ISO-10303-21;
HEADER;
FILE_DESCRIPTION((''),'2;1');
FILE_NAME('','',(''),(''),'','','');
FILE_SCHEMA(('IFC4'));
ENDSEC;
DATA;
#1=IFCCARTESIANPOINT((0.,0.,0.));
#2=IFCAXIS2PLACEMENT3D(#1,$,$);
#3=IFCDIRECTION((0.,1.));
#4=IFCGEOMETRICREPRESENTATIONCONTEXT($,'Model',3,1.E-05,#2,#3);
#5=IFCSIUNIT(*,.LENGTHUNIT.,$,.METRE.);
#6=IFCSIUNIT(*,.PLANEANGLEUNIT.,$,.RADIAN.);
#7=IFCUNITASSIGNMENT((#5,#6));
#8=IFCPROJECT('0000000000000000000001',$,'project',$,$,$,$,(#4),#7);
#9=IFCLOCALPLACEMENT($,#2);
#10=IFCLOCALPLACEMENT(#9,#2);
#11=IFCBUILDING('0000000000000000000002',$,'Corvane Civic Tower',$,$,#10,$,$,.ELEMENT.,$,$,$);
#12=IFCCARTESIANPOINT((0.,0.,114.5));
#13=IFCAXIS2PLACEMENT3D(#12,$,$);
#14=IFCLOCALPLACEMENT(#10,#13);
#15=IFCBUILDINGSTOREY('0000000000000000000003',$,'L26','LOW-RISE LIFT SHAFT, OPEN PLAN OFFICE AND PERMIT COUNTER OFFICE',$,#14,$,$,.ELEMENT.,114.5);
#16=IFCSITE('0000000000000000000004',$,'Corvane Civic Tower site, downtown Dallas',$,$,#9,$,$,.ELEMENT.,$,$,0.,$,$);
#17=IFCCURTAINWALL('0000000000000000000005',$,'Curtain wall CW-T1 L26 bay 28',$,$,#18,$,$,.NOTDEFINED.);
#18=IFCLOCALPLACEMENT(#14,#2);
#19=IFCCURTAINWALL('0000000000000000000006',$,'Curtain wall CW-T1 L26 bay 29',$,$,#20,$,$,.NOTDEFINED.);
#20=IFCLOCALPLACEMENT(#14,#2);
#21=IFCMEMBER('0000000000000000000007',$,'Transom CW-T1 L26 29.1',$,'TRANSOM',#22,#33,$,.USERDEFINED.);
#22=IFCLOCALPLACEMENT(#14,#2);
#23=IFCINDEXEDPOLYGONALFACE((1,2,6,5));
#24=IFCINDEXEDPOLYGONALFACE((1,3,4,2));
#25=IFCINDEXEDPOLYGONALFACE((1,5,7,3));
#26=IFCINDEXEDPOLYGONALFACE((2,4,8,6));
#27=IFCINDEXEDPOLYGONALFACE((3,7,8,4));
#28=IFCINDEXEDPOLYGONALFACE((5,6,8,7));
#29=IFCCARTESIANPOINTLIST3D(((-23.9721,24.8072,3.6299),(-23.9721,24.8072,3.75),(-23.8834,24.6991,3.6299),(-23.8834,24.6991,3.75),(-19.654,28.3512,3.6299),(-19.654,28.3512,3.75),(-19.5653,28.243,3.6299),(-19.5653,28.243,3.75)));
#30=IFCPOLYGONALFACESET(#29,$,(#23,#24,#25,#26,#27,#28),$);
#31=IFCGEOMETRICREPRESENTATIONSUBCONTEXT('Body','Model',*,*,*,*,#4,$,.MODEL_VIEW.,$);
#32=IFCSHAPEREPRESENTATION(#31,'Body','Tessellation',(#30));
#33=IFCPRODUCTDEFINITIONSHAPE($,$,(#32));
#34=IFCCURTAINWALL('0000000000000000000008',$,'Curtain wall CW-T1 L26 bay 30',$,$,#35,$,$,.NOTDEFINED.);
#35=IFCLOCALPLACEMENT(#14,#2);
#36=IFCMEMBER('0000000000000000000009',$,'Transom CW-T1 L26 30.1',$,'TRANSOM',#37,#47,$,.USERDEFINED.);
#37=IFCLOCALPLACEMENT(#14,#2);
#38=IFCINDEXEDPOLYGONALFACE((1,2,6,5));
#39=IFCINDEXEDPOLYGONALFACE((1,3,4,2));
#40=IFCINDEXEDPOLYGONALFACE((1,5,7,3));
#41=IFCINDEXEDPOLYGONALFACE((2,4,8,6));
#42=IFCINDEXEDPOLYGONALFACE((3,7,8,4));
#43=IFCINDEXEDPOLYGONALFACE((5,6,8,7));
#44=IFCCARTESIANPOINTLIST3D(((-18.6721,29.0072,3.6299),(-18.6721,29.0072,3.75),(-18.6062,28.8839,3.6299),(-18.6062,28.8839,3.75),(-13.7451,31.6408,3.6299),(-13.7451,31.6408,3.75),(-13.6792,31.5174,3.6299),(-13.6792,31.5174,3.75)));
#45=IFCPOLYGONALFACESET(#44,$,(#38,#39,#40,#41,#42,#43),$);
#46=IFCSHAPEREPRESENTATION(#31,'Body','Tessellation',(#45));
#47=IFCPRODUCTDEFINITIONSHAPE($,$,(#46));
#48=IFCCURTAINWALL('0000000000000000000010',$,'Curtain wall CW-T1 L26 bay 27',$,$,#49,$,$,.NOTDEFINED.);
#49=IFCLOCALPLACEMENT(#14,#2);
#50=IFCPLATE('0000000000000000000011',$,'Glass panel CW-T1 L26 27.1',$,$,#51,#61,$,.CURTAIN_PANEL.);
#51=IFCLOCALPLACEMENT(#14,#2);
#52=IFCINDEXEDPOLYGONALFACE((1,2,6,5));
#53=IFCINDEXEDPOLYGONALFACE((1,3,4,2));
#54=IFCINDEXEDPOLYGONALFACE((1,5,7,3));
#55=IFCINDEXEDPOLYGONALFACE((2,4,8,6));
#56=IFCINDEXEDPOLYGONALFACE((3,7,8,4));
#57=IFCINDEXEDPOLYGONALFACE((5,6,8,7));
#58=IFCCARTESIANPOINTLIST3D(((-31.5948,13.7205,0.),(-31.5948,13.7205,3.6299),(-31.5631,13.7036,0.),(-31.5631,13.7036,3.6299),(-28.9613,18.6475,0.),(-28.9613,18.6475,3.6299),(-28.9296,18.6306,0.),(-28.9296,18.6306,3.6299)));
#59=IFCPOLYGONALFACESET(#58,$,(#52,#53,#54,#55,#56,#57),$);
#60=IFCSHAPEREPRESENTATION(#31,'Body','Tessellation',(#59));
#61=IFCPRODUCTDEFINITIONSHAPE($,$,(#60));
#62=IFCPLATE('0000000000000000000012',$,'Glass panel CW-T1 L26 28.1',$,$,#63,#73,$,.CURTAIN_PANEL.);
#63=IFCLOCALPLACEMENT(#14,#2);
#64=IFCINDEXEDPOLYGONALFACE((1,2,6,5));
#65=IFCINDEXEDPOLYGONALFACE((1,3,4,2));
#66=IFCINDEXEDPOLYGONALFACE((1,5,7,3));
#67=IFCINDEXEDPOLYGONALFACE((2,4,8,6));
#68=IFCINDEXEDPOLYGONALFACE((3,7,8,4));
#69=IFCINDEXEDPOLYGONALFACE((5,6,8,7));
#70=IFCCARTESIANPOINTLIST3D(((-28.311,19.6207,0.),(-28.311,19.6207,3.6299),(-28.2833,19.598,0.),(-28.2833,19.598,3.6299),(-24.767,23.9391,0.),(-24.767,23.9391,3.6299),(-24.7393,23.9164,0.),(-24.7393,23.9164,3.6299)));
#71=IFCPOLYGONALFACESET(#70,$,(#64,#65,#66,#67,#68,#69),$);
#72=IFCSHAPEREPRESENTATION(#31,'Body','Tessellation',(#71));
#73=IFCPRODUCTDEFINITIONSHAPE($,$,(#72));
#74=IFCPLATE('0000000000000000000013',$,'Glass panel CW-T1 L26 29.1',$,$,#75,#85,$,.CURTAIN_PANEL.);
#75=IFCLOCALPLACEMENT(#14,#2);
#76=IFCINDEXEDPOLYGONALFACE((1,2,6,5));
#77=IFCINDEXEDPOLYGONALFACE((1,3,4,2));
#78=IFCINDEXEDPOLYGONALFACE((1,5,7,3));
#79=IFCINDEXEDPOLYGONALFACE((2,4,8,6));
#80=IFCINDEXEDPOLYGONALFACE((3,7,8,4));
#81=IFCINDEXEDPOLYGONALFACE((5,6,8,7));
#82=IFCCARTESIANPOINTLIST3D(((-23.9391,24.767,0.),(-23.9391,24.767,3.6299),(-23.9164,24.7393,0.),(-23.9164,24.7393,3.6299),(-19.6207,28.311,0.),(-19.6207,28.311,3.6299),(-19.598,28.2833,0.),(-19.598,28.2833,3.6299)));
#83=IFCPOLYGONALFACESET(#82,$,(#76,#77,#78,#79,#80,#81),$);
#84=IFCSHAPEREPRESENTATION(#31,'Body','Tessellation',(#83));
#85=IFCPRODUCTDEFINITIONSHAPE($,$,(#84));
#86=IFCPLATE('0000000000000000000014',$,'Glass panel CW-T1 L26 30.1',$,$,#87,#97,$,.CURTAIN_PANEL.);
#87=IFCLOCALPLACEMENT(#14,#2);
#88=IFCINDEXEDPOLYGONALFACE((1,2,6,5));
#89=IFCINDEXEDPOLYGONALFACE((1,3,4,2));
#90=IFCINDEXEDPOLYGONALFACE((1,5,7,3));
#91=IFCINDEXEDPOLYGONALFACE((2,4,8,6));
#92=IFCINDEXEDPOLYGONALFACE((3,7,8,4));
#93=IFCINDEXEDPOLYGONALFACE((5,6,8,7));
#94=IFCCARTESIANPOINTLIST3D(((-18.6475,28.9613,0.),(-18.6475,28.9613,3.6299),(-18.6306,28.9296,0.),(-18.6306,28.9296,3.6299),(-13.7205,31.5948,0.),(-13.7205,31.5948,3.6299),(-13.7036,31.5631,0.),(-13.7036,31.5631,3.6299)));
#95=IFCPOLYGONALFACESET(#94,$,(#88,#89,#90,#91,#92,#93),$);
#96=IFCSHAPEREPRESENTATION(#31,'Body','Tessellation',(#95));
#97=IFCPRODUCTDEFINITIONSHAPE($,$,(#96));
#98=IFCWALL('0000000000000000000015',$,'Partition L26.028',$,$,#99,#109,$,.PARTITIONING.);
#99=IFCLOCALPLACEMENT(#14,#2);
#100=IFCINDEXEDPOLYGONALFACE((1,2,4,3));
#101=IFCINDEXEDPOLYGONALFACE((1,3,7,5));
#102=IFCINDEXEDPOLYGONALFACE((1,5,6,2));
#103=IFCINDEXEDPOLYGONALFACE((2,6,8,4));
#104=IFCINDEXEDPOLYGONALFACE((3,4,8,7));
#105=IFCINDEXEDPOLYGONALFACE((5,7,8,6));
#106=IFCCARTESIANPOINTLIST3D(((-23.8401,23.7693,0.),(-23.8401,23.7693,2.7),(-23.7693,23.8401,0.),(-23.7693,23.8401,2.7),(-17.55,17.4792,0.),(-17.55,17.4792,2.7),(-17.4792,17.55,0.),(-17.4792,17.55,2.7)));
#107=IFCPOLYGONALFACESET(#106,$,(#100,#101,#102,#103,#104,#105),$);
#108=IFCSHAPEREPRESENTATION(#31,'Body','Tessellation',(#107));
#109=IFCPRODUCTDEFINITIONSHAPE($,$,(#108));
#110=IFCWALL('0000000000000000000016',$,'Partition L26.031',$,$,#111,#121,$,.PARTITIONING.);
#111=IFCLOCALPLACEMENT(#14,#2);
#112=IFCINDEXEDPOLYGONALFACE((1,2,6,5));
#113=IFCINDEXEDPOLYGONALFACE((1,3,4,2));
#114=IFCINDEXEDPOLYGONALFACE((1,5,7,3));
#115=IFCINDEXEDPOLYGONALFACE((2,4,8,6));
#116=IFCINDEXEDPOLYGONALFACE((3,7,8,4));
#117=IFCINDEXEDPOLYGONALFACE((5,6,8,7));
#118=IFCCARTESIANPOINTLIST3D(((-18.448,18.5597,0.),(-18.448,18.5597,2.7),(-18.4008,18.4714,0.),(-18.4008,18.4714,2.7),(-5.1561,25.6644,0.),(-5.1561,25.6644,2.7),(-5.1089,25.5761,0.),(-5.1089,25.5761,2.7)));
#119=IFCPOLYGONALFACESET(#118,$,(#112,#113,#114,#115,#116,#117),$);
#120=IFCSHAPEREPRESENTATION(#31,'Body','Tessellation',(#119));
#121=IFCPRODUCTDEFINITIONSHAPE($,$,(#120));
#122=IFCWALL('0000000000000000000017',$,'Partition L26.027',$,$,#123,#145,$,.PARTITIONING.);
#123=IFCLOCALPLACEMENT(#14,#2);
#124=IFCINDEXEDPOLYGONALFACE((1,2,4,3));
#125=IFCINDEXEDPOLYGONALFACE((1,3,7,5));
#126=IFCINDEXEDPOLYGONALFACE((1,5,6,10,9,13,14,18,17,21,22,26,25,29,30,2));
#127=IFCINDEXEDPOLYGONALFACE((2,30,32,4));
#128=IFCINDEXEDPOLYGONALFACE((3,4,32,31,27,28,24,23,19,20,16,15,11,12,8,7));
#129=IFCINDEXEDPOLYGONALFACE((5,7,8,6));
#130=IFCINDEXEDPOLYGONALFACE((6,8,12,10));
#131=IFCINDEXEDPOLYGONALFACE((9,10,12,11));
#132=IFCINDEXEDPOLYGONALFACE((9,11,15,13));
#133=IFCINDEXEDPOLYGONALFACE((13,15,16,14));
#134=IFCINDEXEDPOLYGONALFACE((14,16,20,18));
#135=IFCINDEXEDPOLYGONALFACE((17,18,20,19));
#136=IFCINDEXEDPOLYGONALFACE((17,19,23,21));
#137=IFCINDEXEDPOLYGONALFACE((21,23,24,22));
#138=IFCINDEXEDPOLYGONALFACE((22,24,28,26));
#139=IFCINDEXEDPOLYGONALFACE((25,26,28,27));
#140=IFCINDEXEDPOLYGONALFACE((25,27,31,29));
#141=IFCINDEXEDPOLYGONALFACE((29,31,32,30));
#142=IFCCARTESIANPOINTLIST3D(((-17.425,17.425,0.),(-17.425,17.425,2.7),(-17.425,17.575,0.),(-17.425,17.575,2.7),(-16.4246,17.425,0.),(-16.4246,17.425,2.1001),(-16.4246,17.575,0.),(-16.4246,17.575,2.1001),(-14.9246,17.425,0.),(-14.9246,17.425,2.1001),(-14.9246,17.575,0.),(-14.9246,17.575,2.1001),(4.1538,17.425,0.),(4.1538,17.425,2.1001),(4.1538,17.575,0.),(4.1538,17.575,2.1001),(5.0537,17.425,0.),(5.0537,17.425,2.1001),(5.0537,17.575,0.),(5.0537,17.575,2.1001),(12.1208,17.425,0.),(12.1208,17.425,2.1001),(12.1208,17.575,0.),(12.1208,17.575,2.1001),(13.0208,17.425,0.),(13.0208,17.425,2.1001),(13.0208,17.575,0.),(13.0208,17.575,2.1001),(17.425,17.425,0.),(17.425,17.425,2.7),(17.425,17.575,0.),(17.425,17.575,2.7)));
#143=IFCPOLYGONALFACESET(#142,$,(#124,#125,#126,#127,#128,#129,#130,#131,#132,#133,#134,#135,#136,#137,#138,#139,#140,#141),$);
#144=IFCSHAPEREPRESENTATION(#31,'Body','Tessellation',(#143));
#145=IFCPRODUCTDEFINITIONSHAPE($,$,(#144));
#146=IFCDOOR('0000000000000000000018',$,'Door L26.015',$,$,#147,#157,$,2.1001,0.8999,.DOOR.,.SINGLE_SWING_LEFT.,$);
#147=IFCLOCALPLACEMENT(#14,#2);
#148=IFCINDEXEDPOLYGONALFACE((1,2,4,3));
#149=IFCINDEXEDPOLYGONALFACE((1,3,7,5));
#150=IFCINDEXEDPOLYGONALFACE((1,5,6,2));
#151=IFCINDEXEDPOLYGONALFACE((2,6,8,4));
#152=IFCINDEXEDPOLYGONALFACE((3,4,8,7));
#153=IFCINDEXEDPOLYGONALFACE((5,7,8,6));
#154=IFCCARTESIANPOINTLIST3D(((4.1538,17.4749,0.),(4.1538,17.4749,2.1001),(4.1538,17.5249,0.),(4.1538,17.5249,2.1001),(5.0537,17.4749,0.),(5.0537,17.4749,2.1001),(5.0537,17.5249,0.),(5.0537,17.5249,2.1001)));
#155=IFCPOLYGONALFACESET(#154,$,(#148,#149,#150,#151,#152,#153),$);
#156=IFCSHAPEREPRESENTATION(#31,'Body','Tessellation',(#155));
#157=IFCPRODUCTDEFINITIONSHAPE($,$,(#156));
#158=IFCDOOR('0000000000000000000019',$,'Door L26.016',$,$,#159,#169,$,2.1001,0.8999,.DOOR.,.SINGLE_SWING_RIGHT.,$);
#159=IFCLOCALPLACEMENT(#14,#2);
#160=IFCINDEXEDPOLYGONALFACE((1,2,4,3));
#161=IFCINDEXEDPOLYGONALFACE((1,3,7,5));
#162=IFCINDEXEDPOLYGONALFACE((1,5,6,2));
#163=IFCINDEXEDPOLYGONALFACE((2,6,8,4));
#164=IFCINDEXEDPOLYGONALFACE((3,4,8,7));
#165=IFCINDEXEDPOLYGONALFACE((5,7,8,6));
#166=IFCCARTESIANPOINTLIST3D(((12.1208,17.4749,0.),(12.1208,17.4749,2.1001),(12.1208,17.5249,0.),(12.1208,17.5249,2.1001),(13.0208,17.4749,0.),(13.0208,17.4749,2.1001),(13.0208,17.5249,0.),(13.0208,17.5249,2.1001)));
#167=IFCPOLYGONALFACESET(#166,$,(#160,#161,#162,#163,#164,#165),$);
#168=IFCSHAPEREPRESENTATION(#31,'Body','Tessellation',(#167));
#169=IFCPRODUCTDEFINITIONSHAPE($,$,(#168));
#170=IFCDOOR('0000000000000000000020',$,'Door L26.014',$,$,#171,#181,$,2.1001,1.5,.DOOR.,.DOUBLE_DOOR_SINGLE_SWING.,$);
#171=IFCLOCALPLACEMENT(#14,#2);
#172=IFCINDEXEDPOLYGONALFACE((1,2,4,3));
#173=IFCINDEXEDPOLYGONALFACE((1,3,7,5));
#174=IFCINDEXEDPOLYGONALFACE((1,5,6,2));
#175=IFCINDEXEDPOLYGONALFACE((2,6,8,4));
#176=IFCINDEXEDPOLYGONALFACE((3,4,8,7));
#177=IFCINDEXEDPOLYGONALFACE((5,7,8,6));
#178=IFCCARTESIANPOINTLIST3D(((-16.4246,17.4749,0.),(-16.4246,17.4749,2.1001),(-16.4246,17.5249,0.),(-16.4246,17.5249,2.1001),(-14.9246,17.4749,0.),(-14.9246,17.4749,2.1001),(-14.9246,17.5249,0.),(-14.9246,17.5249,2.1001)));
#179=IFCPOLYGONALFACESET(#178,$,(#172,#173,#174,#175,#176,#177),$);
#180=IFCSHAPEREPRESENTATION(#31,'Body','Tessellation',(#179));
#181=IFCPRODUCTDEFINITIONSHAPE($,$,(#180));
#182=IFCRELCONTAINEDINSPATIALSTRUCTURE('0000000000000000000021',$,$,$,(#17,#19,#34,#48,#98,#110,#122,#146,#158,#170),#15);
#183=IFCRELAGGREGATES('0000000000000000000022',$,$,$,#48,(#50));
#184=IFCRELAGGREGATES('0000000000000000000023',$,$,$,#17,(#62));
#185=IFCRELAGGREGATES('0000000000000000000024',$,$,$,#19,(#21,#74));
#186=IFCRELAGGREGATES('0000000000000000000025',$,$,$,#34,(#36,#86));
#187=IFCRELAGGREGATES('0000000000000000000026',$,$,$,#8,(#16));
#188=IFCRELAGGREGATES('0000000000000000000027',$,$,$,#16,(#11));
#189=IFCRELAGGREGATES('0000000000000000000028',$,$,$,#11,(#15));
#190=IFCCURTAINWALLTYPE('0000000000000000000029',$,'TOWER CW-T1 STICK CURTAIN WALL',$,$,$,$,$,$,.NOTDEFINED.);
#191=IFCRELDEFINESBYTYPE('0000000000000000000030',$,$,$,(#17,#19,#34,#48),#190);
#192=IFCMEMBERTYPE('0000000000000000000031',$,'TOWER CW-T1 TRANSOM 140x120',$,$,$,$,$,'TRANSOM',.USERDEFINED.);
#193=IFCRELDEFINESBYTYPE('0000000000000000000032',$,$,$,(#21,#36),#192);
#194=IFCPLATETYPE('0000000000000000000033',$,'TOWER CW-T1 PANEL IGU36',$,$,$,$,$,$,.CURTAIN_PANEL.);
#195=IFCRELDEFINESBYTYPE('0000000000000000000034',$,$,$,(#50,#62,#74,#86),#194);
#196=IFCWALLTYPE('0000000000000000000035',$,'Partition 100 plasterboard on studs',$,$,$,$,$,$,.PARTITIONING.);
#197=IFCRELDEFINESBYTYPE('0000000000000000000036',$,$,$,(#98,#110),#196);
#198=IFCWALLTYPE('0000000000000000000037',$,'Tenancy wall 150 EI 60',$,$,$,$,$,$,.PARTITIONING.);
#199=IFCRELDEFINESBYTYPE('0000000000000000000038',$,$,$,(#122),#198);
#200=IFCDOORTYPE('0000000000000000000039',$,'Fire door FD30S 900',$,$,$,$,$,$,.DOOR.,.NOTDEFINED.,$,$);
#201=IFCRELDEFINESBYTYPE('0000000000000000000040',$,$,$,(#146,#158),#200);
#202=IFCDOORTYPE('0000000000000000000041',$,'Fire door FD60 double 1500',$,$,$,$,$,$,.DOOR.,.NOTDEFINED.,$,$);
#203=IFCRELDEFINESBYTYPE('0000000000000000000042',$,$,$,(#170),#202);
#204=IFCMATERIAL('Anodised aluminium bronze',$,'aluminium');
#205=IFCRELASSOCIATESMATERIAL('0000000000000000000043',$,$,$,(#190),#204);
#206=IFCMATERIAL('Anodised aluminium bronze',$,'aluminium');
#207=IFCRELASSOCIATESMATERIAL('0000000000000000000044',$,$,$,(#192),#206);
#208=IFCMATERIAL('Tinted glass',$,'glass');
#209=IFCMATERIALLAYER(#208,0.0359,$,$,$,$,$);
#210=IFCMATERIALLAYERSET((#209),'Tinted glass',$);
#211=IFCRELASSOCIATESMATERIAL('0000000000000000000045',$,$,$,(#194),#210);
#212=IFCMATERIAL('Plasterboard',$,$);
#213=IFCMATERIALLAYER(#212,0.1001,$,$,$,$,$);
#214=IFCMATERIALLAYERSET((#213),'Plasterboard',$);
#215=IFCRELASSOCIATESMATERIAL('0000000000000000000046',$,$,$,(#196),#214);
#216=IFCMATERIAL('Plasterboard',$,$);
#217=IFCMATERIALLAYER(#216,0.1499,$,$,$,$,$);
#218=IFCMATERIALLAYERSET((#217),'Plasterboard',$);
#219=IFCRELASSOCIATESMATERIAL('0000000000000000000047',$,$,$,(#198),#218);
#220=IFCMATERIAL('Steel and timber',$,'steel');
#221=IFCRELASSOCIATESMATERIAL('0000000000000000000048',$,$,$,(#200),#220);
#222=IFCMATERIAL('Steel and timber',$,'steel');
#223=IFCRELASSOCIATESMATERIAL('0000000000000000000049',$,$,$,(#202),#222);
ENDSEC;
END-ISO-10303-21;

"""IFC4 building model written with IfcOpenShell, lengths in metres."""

from ifc_helpers import new_model, si_unit, direction, frame, frame_2d, origin, origin_2d, place, context, subcontext, project, spatial, rectangle, extrude, material, layer, layer_set, material_profile, profile_set, type_object, element, fill, aggregate, save


model = new_model("IFC4")

# Units and contexts
model_context = context("Model", 3, precision=1e-05, world=origin(), true_north=direction((0.0, 1.0)))
body_context = subcontext(model_context, "Body", "Model", "MODEL_VIEW")
ifc_project = project(units=[si_unit("LENGTHUNIT", "METRE"), si_unit("PLANEANGLEUNIT", "RADIAN")], contexts=[model_context])

# Site, building, storey
site_placement = place(None, origin())
site = spatial("IfcSite", under=ifc_project, at=site_placement, Name="Corvane Civic Tower site, downtown Dallas", CompositionType="ELEMENT", RefElevation=0.0)
building_placement = place(site_placement, origin())
building = spatial("IfcBuilding", under=site, at=building_placement, Name="Corvane Civic Tower", CompositionType="ELEMENT")
storey_placement = place(building_placement, frame((0.0, 0.0, 114.5)))
storey = spatial("IfcBuildingStorey", under=building, at=storey_placement, Name="L26", Description="LOW-RISE LIFT SHAFT, OPEN PLAN OFFICE AND PERMIT COUNTER OFFICE", CompositionType="ELEMENT", Elevation=114.5)

# Curtain walls, members
ifc_material_1 = material(Name="Anodised aluminium bronze", Category="aluminium")
curtain_wall_type = type_object("IfcCurtainWallType", Name="TOWER CW-T1 STICK CURTAIN WALL", PredefinedType="NOTDEFINED", material=ifc_material_1)
curtain_wall_1_placement = place(storey_placement, origin())
curtain_wall_1 = element("IfcCurtainWall", 1, at=curtain_wall_1_placement, inside=storey, type_object=curtain_wall_type, Name="Curtain wall CW-T1 L26 bay 28", PredefinedType="NOTDEFINED")
ifc_material_2 = material(Name="Anodised aluminium bronze", Category="aluminium")
ifc_material_profile_1 = material_profile(ifc_material_2, rectangle(XDim=0.1399, YDim=0.1201, at=origin_2d()), Name="TOWER CW-T1 TRANSOM 140x120")
ifc_profile_set_1 = profile_set([ifc_material_profile_1], Name="Anodised aluminium bronze")
member_type = type_object("IfcMemberType", Name="TOWER CW-T1 TRANSOM 140x120", ElementType="TRANSOM", PredefinedType="USERDEFINED", material=ifc_profile_set_1)
curtain_wall_2_placement = place(storey_placement, origin())
curtain_wall_2 = element("IfcCurtainWall", 2, at=curtain_wall_2_placement, inside=storey, type_object=curtain_wall_type, Name="Curtain wall CW-T1 L26 bay 29", PredefinedType="NOTDEFINED")
member_1_placement = place(storey_placement, frame((-23.9277, 24.7532, 3.6899), z_axis=(0.772996, 0.63441, 0.0), x_axis=(-0.63441, 0.772996, 0.0)))
member_1 = element("IfcMember", 3, at=member_1_placement, type_object=member_type, Name="Transom CW-T1 L26 29.1", ObjectType="TRANSOM", PredefinedType="USERDEFINED", context=body_context, shape_type="SweptSolid", body=[
    extrude(rectangle(XDim=0.1399, YDim=0.1201, at=origin_2d()), origin(), (0.0, 0.0, 1.0), 5.5862),
])
curtain_wall_3_placement = place(storey_placement, origin())
curtain_wall_3 = element("IfcCurtainWall", 4, at=curtain_wall_3_placement, inside=storey, type_object=curtain_wall_type, Name="Curtain wall CW-T1 L26 bay 30", PredefinedType="NOTDEFINED")
member_2_placement = place(storey_placement, frame((-18.6392, 28.9456, 3.6899), z_axis=(0.881921, 0.471398, 0.0), x_axis=(-0.471398, 0.881921, 0.0)))
member_2 = element("IfcMember", 5, at=member_2_placement, type_object=member_type, Name="Transom CW-T1 L26 30.1", ObjectType="TRANSOM", PredefinedType="USERDEFINED", context=body_context, shape_type="SweptSolid", body=[
    extrude(rectangle(XDim=0.1399, YDim=0.1201, at=origin_2d()), origin(), (0.0, 0.0, 1.0), 5.5867),
])

# Curtain wall, plate
curtain_wall_4_placement = place(storey_placement, origin())
curtain_wall_4 = element("IfcCurtainWall", 6, at=curtain_wall_4_placement, inside=storey, type_object=curtain_wall_type, Name="Curtain wall CW-T1 L26 bay 27", PredefinedType="NOTDEFINED")
ifc_material_3 = material(Name="Tinted glass", Category="glass")
ifc_layer_1 = layer(ifc_material_3, 0.0359)
ifc_layer_set_1 = layer_set([ifc_layer_1], Name="Tinted glass")
plate_type = type_object("IfcPlateType", Name="TOWER CW-T1 PANEL IGU36", PredefinedType="CURTAIN_PANEL", material=ifc_layer_set_1)
plate_1_placement = place(storey_placement, frame((-30.2622, 16.1755, 0.0), z_axis=(0.0, 0.0, 1.0), x_axis=(0.471392, 0.881924, 0.0)))
plate_1 = element("IfcPlate", 7, at=plate_1_placement, type_object=plate_type, Name="Glass panel CW-T1 L26 27.1", PredefinedType="CURTAIN_PANEL", context=body_context, shape_type="SweptSolid", body=[
    extrude(rectangle(XDim=5.5867, YDim=0.0359, at=origin_2d()), origin(), (0.0, 0.0, 1.0), 3.6299),
])
aggregate(curtain_wall_4, [plate_1])

# Plates
plate_2_placement = place(storey_placement, frame((-26.5251, 21.7686, 0.0), z_axis=(0.0, 0.0, 1.0), x_axis=(0.63439, 0.773013, 0.0)))
plate_2 = element("IfcPlate", 8, at=plate_2_placement, type_object=plate_type, Name="Glass panel CW-T1 L26 28.1", PredefinedType="CURTAIN_PANEL", context=body_context, shape_type="SweptSolid", body=[
    extrude(rectangle(XDim=5.5864, YDim=0.0359, at=origin_2d()), origin(), (0.0, 0.0, 1.0), 3.6299),
])
aggregate(curtain_wall_1, [plate_2])
plate_3_placement = place(storey_placement, frame((-21.7686, 26.5251, 0.0), z_axis=(0.0, 0.0, 1.0), x_axis=(0.773013, 0.63439, 0.0)))
plate_3 = element("IfcPlate", 9, at=plate_3_placement, type_object=plate_type, Name="Glass panel CW-T1 L26 29.1", PredefinedType="CURTAIN_PANEL", context=body_context, shape_type="SweptSolid", body=[
    extrude(rectangle(XDim=5.5864, YDim=0.0359, at=origin_2d()), origin(), (0.0, 0.0, 1.0), 3.6299),
])
aggregate(curtain_wall_2, [member_1, plate_3])
plate_4_placement = place(storey_placement, frame((-16.1755, 30.2622, 0.0), z_axis=(0.0, 0.0, 1.0), x_axis=(0.881924, 0.471392, 0.0)))
plate_4 = element("IfcPlate", 10, at=plate_4_placement, type_object=plate_type, Name="Glass panel CW-T1 L26 30.1", PredefinedType="CURTAIN_PANEL", context=body_context, shape_type="SweptSolid", body=[
    extrude(rectangle(XDim=5.5867, YDim=0.0359, at=origin_2d()), origin(), (0.0, 0.0, 1.0), 3.6299),
])
aggregate(curtain_wall_3, [member_2, plate_4])

# Walls
ifc_material_4 = material(Name="Plasterboard")
ifc_layer_2 = layer(ifc_material_4, 0.1001)
ifc_layer_set_2 = layer_set([ifc_layer_2], Name="Plasterboard")
wall_type_1 = type_object("IfcWallType", Name="Partition 100 plasterboard on studs", PredefinedType="PARTITIONING", material=ifc_layer_set_2)
wall_1_placement = place(storey_placement, frame((-23.8047, 23.8047, 0.0), z_axis=(0.0, 0.0, 1.0), x_axis=(0.707107, -0.707107, 0.0)))
element("IfcWall", 11, at=wall_1_placement, inside=storey, type_object=wall_type_1, Name="Partition L26.028", PredefinedType="PARTITIONING", context=body_context, shape_type="SweptSolid", body=[
    extrude(rectangle(XDim=8.8955, YDim=0.1001, at=frame_2d((4.4478, 0.0))), origin(), (0.0, 0.0, 1.0), 2.7),
])
wall_2_placement = place(storey_placement, frame((-18.4243, 18.5156, 0.0), z_axis=(0.0, 0.0, 1.0), x_axis=(0.881921, 0.471398, 0.0)))
element("IfcWall", 12, at=wall_2_placement, inside=storey, type_object=wall_type_1, Name="Partition L26.031", PredefinedType="PARTITIONING", context=body_context, shape_type="SweptSolid", body=[
    extrude(rectangle(XDim=15.0715, YDim=0.1001, at=frame_2d((7.5356, 0.0))), origin(), (0.0, 0.0, 1.0), 2.7),
])

# Wall, openings, doors
ifc_material_5 = material(Name="Plasterboard")
ifc_layer_3 = layer(ifc_material_5, 0.1499)
ifc_layer_set_3 = layer_set([ifc_layer_3], Name="Plasterboard")
wall_type_2 = type_object("IfcWallType", Name="Tenancy wall 150 EI 60", PredefinedType="PARTITIONING", material=ifc_layer_set_3)
wall_3_placement = place(storey_placement, frame((-17.425, 17.5, 0.0), z_axis=(0.0, 0.0, 1.0), x_axis=(1.0, 0.0, 0.0)))
wall_3 = element("IfcWall", 13, at=wall_3_placement, inside=storey, type_object=wall_type_2, Name="Partition L26.027", PredefinedType="PARTITIONING", context=body_context, shape_type="SweptSolid", body=[
    extrude(rectangle(XDim=34.8501, YDim=0.1499, at=frame_2d((17.425, 0.0))), origin(), (0.0, 0.0, 1.0), 2.7),
])
opening_1_placement = place(wall_3_placement, frame((1.0005, 0.0, 0.0)))
opening_1 = element("IfcOpeningElement", 14, at=opening_1_placement, cuts=wall_3, PredefinedType="OPENING", context=body_context, shape_type="SweptSolid", body=[
    extrude(rectangle(XDim=1.5, YDim=2.1001, at=frame_2d((0.75, 1.05))), frame((0.0, 0.085, 0.0), z_axis=(0.0, -1.0, 0.0), x_axis=(1.0, 0.0, 0.0)), (0.0, 0.0, 1.0), 0.1699),
])
opening_2_placement = place(wall_3_placement, frame((21.5789, 0.0, 0.0)))
opening_2 = element("IfcOpeningElement", 15, at=opening_2_placement, cuts=wall_3, PredefinedType="OPENING", context=body_context, shape_type="SweptSolid", body=[
    extrude(rectangle(XDim=0.8999, YDim=2.1001, at=frame_2d((0.45, 1.05))), frame((0.0, 0.085, 0.0), z_axis=(0.0, -1.0, 0.0), x_axis=(1.0, 0.0, 0.0)), (0.0, 0.0, 1.0), 0.1699),
])
opening_3_placement = place(wall_3_placement, frame((29.5459, 0.0, 0.0)))
opening_3 = element("IfcOpeningElement", 16, at=opening_3_placement, cuts=wall_3, PredefinedType="OPENING", context=body_context, shape_type="SweptSolid", body=[
    extrude(rectangle(XDim=0.8999, YDim=2.1001, at=frame_2d((0.45, 1.05))), frame((0.0, 0.085, 0.0), z_axis=(0.0, -1.0, 0.0), x_axis=(1.0, 0.0, 0.0)), (0.0, 0.0, 1.0), 0.1699),
])
ifc_material_6 = material(Name="Steel and timber", Category="steel")
door_type_1 = type_object("IfcDoorType", Name="Fire door FD30S 900", OperationType="NOTDEFINED", PredefinedType="DOOR", material=ifc_material_6)
door_1_placement = place(opening_2_placement, origin())
door_1 = element("IfcDoor", 17, at=door_1_placement, inside=storey, type_object=door_type_1, Name="Door L26.015", OperationType="SINGLE_SWING_LEFT", OverallHeight=2.1001, OverallWidth=0.8999, PredefinedType="DOOR", context=body_context, shape_type="SweptSolid", body=[
    extrude(rectangle(XDim=0.8999, YDim=2.1001, at=frame_2d((0.45, 1.05))), frame((0.0, 0.0249, 0.0), z_axis=(0.0, -1.0, 0.0), x_axis=(1.0, 0.0, 0.0)), (0.0, 0.0, 1.0), 0.05),
])
fill(opening_2, door_1)
door_2_placement = place(opening_3_placement, origin())
door_2 = element("IfcDoor", 18, at=door_2_placement, inside=storey, type_object=door_type_1, Name="Door L26.016", OperationType="SINGLE_SWING_RIGHT", OverallHeight=2.1001, OverallWidth=0.8999, PredefinedType="DOOR", context=body_context, shape_type="SweptSolid", body=[
    extrude(rectangle(XDim=0.8999, YDim=2.1001, at=frame_2d((0.45, 1.05))), frame((0.0, 0.0249, 0.0), z_axis=(0.0, -1.0, 0.0), x_axis=(1.0, 0.0, 0.0)), (0.0, 0.0, 1.0), 0.05),
])
fill(opening_3, door_2)
ifc_material_7 = material(Name="Steel and timber", Category="steel")
door_type_2 = type_object("IfcDoorType", Name="Fire door FD60 double 1500", OperationType="NOTDEFINED", PredefinedType="DOOR", material=ifc_material_7)
door_3_placement = place(opening_1_placement, origin())
door_3 = element("IfcDoor", 19, at=door_3_placement, inside=storey, type_object=door_type_2, Name="Door L26.014", OperationType="DOUBLE_DOOR_SINGLE_SWING", OverallHeight=2.1001, OverallWidth=1.5, PredefinedType="DOOR", context=body_context, shape_type="SweptSolid", body=[
    extrude(rectangle(XDim=1.5, YDim=2.1001, at=frame_2d((0.75, 1.05))), frame((0.0, 0.0249, 0.0), z_axis=(0.0, -1.0, 0.0), x_axis=(1.0, 0.0, 0.0)), (0.0, 0.0, 1.0), 0.05),
])
fill(opening_1, door_3)

save(model, "model.ifc")
